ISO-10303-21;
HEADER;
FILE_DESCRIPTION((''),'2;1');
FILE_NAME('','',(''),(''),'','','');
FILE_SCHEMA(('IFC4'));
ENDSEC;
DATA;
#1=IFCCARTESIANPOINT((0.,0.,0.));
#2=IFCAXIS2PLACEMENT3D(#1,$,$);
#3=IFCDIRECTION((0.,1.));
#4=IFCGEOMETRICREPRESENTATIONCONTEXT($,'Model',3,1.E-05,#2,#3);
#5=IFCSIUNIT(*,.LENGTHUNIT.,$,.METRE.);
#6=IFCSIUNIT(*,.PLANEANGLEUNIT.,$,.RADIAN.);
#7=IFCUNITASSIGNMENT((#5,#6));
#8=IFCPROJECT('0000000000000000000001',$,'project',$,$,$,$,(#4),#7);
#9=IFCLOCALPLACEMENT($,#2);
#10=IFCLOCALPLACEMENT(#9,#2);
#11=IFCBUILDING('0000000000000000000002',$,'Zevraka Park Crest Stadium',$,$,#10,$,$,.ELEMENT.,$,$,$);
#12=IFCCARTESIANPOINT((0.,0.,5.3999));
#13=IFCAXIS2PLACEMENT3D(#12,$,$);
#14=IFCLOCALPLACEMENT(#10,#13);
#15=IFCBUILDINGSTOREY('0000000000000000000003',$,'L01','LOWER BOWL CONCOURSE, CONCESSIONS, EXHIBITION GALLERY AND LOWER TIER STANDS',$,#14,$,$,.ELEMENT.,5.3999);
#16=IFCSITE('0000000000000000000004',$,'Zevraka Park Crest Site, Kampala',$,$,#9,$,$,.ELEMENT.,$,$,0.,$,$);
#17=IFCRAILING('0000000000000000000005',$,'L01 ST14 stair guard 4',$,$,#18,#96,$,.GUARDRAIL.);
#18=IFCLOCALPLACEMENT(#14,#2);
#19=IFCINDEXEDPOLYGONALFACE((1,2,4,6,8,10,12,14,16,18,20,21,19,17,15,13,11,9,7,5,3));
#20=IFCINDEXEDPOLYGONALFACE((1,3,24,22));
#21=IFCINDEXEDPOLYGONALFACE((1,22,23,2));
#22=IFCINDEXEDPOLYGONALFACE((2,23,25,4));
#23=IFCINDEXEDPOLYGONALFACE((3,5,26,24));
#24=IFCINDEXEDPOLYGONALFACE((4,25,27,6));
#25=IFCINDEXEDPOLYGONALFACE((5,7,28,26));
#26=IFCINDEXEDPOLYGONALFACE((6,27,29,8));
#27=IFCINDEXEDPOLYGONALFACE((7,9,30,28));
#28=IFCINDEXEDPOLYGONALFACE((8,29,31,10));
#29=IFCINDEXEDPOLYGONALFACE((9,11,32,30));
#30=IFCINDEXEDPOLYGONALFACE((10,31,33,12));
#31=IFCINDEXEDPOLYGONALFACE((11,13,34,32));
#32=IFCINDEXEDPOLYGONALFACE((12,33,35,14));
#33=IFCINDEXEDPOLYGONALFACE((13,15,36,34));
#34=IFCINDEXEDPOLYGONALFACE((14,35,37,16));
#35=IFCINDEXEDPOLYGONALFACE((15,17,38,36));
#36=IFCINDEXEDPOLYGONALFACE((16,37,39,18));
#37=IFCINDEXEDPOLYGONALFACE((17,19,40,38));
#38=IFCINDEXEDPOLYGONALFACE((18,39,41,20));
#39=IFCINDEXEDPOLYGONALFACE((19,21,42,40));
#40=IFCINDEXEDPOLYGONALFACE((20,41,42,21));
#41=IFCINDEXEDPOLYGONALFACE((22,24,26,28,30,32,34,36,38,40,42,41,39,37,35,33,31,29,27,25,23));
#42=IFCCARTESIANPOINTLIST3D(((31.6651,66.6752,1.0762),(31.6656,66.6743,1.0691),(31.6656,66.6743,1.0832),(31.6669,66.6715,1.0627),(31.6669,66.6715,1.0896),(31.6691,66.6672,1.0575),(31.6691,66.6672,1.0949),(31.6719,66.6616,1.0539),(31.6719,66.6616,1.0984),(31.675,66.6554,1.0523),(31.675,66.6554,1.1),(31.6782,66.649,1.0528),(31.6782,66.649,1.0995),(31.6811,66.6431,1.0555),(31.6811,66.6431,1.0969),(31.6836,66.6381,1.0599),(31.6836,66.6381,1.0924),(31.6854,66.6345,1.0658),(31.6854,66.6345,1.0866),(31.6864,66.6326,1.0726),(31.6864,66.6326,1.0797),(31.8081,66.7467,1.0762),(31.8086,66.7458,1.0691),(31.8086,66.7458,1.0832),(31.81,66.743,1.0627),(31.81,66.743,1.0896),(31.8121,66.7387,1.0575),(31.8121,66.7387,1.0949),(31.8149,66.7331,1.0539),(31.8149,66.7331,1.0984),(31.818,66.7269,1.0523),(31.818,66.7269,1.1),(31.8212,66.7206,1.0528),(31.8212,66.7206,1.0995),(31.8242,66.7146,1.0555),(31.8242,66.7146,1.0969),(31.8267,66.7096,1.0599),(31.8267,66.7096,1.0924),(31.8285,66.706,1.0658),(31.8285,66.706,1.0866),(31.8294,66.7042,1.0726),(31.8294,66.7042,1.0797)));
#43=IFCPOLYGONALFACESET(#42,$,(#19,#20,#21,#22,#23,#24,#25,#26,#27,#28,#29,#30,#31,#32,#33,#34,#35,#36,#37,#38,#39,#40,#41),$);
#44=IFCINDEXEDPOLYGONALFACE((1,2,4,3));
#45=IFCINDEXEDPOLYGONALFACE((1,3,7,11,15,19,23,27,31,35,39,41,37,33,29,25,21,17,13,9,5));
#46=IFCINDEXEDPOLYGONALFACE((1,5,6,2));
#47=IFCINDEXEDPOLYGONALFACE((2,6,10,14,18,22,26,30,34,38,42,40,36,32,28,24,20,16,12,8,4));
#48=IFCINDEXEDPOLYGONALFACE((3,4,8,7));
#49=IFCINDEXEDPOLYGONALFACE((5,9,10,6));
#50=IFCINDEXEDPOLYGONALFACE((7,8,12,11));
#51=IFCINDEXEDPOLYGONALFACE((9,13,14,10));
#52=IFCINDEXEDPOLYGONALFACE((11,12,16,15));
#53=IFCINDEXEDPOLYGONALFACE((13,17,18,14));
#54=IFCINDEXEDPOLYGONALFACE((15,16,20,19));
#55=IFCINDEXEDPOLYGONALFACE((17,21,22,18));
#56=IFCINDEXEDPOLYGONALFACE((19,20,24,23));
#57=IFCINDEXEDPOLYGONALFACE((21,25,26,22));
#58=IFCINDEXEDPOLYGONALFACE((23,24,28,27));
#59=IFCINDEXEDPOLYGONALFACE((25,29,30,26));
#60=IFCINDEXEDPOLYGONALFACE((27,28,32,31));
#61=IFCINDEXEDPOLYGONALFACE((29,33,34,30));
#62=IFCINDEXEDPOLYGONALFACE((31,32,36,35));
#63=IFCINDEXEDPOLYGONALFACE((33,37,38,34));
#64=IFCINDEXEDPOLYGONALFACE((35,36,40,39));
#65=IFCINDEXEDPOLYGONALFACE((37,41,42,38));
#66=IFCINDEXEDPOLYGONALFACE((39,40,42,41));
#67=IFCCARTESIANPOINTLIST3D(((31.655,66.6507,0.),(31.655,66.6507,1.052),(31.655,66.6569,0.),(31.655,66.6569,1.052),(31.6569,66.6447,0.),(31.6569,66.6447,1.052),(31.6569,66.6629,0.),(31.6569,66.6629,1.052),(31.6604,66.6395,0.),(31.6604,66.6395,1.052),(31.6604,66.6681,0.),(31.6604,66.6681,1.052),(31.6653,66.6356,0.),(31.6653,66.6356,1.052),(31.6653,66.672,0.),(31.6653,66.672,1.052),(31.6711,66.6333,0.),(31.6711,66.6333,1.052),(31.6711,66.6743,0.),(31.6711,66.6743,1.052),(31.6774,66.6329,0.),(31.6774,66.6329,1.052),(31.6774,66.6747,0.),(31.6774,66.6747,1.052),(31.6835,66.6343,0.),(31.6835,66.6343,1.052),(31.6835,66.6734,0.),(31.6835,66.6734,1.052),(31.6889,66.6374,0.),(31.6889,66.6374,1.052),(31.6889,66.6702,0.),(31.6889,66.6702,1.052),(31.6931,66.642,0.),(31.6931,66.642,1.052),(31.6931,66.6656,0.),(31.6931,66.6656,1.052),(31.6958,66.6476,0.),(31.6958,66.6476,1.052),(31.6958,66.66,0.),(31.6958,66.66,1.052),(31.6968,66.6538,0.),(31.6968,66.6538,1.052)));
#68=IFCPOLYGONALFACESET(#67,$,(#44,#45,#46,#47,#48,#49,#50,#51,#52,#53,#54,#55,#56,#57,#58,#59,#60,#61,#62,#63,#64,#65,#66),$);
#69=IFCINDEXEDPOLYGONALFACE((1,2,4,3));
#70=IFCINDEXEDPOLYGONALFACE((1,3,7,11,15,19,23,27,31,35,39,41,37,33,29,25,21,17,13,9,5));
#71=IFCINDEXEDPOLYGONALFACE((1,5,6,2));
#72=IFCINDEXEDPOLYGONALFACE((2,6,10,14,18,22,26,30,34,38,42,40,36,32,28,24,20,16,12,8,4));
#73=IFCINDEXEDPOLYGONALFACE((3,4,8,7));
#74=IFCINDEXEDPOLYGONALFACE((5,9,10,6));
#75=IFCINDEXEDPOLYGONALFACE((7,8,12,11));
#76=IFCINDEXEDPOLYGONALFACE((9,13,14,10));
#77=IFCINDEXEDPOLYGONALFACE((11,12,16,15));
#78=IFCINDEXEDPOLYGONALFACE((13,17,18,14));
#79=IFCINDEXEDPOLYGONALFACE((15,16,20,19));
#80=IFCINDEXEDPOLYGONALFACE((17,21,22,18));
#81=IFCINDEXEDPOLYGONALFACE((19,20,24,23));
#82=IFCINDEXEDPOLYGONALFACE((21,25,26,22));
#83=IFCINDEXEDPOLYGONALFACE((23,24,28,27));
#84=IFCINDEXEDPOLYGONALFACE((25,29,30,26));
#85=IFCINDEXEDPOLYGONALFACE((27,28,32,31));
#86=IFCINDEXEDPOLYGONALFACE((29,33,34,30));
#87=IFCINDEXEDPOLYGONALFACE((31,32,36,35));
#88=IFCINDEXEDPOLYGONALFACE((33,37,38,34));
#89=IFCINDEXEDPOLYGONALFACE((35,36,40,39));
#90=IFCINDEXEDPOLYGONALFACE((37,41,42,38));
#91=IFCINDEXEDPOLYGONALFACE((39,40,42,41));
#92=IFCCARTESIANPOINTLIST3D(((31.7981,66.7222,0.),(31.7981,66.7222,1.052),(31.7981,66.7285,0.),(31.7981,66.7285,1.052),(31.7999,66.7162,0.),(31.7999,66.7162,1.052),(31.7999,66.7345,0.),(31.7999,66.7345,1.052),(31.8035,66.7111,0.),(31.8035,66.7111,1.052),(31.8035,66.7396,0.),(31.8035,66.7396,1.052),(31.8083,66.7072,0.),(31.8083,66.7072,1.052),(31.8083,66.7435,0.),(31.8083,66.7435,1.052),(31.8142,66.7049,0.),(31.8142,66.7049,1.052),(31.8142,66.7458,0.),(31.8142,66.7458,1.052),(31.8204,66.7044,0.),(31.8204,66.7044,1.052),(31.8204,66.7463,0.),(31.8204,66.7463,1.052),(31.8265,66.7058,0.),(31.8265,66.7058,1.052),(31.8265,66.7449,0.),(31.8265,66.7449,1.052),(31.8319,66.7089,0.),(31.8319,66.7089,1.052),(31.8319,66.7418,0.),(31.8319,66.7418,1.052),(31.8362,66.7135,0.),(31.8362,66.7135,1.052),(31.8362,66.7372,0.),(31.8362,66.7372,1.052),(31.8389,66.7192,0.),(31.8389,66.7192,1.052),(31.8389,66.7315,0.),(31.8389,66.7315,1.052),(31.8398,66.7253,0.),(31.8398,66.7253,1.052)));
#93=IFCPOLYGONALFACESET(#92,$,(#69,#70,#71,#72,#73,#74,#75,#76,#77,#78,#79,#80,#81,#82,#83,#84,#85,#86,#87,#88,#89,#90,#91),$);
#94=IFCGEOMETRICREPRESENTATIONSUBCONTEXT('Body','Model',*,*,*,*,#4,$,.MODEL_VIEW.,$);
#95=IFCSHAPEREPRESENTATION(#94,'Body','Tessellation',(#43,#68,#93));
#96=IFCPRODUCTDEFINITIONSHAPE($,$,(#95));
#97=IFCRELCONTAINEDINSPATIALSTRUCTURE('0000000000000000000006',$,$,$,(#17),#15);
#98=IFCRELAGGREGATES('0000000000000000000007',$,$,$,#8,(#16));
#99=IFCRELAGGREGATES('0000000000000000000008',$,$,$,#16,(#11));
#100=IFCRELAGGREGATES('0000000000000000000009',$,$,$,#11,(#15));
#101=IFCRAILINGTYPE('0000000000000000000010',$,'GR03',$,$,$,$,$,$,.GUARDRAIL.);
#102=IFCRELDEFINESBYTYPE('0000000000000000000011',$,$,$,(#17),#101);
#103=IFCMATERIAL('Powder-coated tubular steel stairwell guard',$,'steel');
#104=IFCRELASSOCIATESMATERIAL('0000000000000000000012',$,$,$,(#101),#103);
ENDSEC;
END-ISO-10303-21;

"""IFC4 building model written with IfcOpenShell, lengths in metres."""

from ifc_helpers import new_model, si_unit, direction, frame, origin, origin_2d, place, context, subcontext, project, spatial, circle, extrude, material, type_object, element, save


model = new_model("IFC4")

# Units and contexts
model_context = context("Model", 3, precision=1e-05, world=origin(), true_north=direction((0.0, 1.0)))
body_context = subcontext(model_context, "Body", "Model", "MODEL_VIEW")
ifc_project = project(units=[si_unit("LENGTHUNIT", "METRE"), si_unit("PLANEANGLEUNIT", "RADIAN")], contexts=[model_context])

# Site, building, storey
site_placement = place(None, origin())
site = spatial("IfcSite", under=ifc_project, at=site_placement, Name="Zevraka Park Crest Site, Kampala", CompositionType="ELEMENT", RefElevation=0.0)
building_placement = place(site_placement, origin())
building = spatial("IfcBuilding", under=site, at=building_placement, Name="Zevraka Park Crest Stadium", CompositionType="ELEMENT")
storey_placement = place(building_placement, frame((0.0, 0.0, 5.3999)))
storey = spatial("IfcBuildingStorey", under=building, at=storey_placement, Name="L01", Description="LOWER BOWL CONCOURSE, CONCESSIONS, EXHIBITION GALLERY AND LOWER TIER STANDS", CompositionType="ELEMENT", Elevation=5.3999)

# Railing
ifc_material_1 = material(Name="Powder-coated tubular steel stairwell guard", Category="steel")
railing_type_1 = type_object("IfcRailingType", Name="GR03", PredefinedType="GUARDRAIL", material=ifc_material_1)
railing_1_placement = place(storey_placement, frame((31.6758, 66.6538, 0.0)))
element("IfcRailing", 1, at=railing_1_placement, inside=storey, type_object=railing_type_1, Name="L01 ST14 stair guard 4", PredefinedType="GUARDRAIL", context=body_context, shape_type="SweptSolid", body=[
    extrude(circle(Radius=0.0239, at=origin_2d()), frame((0.0, 0.0, 1.0762), z_axis=(0.894427, 0.447214, 0.0), x_axis=(-0.447214, 0.894427, 0.0)), (0.0, 0.0, 1.0), 0.1599),
    extrude(circle(Radius=0.021, at=origin_2d()), origin(), (0.0, 0.0, 1.0), 1.052),
    extrude(circle(Radius=0.021, at=origin_2d()), frame((0.1431, 0.0715, 0.0)), (0.0, 0.0, 1.0), 1.052),
])

save(model, "model.ifc")
